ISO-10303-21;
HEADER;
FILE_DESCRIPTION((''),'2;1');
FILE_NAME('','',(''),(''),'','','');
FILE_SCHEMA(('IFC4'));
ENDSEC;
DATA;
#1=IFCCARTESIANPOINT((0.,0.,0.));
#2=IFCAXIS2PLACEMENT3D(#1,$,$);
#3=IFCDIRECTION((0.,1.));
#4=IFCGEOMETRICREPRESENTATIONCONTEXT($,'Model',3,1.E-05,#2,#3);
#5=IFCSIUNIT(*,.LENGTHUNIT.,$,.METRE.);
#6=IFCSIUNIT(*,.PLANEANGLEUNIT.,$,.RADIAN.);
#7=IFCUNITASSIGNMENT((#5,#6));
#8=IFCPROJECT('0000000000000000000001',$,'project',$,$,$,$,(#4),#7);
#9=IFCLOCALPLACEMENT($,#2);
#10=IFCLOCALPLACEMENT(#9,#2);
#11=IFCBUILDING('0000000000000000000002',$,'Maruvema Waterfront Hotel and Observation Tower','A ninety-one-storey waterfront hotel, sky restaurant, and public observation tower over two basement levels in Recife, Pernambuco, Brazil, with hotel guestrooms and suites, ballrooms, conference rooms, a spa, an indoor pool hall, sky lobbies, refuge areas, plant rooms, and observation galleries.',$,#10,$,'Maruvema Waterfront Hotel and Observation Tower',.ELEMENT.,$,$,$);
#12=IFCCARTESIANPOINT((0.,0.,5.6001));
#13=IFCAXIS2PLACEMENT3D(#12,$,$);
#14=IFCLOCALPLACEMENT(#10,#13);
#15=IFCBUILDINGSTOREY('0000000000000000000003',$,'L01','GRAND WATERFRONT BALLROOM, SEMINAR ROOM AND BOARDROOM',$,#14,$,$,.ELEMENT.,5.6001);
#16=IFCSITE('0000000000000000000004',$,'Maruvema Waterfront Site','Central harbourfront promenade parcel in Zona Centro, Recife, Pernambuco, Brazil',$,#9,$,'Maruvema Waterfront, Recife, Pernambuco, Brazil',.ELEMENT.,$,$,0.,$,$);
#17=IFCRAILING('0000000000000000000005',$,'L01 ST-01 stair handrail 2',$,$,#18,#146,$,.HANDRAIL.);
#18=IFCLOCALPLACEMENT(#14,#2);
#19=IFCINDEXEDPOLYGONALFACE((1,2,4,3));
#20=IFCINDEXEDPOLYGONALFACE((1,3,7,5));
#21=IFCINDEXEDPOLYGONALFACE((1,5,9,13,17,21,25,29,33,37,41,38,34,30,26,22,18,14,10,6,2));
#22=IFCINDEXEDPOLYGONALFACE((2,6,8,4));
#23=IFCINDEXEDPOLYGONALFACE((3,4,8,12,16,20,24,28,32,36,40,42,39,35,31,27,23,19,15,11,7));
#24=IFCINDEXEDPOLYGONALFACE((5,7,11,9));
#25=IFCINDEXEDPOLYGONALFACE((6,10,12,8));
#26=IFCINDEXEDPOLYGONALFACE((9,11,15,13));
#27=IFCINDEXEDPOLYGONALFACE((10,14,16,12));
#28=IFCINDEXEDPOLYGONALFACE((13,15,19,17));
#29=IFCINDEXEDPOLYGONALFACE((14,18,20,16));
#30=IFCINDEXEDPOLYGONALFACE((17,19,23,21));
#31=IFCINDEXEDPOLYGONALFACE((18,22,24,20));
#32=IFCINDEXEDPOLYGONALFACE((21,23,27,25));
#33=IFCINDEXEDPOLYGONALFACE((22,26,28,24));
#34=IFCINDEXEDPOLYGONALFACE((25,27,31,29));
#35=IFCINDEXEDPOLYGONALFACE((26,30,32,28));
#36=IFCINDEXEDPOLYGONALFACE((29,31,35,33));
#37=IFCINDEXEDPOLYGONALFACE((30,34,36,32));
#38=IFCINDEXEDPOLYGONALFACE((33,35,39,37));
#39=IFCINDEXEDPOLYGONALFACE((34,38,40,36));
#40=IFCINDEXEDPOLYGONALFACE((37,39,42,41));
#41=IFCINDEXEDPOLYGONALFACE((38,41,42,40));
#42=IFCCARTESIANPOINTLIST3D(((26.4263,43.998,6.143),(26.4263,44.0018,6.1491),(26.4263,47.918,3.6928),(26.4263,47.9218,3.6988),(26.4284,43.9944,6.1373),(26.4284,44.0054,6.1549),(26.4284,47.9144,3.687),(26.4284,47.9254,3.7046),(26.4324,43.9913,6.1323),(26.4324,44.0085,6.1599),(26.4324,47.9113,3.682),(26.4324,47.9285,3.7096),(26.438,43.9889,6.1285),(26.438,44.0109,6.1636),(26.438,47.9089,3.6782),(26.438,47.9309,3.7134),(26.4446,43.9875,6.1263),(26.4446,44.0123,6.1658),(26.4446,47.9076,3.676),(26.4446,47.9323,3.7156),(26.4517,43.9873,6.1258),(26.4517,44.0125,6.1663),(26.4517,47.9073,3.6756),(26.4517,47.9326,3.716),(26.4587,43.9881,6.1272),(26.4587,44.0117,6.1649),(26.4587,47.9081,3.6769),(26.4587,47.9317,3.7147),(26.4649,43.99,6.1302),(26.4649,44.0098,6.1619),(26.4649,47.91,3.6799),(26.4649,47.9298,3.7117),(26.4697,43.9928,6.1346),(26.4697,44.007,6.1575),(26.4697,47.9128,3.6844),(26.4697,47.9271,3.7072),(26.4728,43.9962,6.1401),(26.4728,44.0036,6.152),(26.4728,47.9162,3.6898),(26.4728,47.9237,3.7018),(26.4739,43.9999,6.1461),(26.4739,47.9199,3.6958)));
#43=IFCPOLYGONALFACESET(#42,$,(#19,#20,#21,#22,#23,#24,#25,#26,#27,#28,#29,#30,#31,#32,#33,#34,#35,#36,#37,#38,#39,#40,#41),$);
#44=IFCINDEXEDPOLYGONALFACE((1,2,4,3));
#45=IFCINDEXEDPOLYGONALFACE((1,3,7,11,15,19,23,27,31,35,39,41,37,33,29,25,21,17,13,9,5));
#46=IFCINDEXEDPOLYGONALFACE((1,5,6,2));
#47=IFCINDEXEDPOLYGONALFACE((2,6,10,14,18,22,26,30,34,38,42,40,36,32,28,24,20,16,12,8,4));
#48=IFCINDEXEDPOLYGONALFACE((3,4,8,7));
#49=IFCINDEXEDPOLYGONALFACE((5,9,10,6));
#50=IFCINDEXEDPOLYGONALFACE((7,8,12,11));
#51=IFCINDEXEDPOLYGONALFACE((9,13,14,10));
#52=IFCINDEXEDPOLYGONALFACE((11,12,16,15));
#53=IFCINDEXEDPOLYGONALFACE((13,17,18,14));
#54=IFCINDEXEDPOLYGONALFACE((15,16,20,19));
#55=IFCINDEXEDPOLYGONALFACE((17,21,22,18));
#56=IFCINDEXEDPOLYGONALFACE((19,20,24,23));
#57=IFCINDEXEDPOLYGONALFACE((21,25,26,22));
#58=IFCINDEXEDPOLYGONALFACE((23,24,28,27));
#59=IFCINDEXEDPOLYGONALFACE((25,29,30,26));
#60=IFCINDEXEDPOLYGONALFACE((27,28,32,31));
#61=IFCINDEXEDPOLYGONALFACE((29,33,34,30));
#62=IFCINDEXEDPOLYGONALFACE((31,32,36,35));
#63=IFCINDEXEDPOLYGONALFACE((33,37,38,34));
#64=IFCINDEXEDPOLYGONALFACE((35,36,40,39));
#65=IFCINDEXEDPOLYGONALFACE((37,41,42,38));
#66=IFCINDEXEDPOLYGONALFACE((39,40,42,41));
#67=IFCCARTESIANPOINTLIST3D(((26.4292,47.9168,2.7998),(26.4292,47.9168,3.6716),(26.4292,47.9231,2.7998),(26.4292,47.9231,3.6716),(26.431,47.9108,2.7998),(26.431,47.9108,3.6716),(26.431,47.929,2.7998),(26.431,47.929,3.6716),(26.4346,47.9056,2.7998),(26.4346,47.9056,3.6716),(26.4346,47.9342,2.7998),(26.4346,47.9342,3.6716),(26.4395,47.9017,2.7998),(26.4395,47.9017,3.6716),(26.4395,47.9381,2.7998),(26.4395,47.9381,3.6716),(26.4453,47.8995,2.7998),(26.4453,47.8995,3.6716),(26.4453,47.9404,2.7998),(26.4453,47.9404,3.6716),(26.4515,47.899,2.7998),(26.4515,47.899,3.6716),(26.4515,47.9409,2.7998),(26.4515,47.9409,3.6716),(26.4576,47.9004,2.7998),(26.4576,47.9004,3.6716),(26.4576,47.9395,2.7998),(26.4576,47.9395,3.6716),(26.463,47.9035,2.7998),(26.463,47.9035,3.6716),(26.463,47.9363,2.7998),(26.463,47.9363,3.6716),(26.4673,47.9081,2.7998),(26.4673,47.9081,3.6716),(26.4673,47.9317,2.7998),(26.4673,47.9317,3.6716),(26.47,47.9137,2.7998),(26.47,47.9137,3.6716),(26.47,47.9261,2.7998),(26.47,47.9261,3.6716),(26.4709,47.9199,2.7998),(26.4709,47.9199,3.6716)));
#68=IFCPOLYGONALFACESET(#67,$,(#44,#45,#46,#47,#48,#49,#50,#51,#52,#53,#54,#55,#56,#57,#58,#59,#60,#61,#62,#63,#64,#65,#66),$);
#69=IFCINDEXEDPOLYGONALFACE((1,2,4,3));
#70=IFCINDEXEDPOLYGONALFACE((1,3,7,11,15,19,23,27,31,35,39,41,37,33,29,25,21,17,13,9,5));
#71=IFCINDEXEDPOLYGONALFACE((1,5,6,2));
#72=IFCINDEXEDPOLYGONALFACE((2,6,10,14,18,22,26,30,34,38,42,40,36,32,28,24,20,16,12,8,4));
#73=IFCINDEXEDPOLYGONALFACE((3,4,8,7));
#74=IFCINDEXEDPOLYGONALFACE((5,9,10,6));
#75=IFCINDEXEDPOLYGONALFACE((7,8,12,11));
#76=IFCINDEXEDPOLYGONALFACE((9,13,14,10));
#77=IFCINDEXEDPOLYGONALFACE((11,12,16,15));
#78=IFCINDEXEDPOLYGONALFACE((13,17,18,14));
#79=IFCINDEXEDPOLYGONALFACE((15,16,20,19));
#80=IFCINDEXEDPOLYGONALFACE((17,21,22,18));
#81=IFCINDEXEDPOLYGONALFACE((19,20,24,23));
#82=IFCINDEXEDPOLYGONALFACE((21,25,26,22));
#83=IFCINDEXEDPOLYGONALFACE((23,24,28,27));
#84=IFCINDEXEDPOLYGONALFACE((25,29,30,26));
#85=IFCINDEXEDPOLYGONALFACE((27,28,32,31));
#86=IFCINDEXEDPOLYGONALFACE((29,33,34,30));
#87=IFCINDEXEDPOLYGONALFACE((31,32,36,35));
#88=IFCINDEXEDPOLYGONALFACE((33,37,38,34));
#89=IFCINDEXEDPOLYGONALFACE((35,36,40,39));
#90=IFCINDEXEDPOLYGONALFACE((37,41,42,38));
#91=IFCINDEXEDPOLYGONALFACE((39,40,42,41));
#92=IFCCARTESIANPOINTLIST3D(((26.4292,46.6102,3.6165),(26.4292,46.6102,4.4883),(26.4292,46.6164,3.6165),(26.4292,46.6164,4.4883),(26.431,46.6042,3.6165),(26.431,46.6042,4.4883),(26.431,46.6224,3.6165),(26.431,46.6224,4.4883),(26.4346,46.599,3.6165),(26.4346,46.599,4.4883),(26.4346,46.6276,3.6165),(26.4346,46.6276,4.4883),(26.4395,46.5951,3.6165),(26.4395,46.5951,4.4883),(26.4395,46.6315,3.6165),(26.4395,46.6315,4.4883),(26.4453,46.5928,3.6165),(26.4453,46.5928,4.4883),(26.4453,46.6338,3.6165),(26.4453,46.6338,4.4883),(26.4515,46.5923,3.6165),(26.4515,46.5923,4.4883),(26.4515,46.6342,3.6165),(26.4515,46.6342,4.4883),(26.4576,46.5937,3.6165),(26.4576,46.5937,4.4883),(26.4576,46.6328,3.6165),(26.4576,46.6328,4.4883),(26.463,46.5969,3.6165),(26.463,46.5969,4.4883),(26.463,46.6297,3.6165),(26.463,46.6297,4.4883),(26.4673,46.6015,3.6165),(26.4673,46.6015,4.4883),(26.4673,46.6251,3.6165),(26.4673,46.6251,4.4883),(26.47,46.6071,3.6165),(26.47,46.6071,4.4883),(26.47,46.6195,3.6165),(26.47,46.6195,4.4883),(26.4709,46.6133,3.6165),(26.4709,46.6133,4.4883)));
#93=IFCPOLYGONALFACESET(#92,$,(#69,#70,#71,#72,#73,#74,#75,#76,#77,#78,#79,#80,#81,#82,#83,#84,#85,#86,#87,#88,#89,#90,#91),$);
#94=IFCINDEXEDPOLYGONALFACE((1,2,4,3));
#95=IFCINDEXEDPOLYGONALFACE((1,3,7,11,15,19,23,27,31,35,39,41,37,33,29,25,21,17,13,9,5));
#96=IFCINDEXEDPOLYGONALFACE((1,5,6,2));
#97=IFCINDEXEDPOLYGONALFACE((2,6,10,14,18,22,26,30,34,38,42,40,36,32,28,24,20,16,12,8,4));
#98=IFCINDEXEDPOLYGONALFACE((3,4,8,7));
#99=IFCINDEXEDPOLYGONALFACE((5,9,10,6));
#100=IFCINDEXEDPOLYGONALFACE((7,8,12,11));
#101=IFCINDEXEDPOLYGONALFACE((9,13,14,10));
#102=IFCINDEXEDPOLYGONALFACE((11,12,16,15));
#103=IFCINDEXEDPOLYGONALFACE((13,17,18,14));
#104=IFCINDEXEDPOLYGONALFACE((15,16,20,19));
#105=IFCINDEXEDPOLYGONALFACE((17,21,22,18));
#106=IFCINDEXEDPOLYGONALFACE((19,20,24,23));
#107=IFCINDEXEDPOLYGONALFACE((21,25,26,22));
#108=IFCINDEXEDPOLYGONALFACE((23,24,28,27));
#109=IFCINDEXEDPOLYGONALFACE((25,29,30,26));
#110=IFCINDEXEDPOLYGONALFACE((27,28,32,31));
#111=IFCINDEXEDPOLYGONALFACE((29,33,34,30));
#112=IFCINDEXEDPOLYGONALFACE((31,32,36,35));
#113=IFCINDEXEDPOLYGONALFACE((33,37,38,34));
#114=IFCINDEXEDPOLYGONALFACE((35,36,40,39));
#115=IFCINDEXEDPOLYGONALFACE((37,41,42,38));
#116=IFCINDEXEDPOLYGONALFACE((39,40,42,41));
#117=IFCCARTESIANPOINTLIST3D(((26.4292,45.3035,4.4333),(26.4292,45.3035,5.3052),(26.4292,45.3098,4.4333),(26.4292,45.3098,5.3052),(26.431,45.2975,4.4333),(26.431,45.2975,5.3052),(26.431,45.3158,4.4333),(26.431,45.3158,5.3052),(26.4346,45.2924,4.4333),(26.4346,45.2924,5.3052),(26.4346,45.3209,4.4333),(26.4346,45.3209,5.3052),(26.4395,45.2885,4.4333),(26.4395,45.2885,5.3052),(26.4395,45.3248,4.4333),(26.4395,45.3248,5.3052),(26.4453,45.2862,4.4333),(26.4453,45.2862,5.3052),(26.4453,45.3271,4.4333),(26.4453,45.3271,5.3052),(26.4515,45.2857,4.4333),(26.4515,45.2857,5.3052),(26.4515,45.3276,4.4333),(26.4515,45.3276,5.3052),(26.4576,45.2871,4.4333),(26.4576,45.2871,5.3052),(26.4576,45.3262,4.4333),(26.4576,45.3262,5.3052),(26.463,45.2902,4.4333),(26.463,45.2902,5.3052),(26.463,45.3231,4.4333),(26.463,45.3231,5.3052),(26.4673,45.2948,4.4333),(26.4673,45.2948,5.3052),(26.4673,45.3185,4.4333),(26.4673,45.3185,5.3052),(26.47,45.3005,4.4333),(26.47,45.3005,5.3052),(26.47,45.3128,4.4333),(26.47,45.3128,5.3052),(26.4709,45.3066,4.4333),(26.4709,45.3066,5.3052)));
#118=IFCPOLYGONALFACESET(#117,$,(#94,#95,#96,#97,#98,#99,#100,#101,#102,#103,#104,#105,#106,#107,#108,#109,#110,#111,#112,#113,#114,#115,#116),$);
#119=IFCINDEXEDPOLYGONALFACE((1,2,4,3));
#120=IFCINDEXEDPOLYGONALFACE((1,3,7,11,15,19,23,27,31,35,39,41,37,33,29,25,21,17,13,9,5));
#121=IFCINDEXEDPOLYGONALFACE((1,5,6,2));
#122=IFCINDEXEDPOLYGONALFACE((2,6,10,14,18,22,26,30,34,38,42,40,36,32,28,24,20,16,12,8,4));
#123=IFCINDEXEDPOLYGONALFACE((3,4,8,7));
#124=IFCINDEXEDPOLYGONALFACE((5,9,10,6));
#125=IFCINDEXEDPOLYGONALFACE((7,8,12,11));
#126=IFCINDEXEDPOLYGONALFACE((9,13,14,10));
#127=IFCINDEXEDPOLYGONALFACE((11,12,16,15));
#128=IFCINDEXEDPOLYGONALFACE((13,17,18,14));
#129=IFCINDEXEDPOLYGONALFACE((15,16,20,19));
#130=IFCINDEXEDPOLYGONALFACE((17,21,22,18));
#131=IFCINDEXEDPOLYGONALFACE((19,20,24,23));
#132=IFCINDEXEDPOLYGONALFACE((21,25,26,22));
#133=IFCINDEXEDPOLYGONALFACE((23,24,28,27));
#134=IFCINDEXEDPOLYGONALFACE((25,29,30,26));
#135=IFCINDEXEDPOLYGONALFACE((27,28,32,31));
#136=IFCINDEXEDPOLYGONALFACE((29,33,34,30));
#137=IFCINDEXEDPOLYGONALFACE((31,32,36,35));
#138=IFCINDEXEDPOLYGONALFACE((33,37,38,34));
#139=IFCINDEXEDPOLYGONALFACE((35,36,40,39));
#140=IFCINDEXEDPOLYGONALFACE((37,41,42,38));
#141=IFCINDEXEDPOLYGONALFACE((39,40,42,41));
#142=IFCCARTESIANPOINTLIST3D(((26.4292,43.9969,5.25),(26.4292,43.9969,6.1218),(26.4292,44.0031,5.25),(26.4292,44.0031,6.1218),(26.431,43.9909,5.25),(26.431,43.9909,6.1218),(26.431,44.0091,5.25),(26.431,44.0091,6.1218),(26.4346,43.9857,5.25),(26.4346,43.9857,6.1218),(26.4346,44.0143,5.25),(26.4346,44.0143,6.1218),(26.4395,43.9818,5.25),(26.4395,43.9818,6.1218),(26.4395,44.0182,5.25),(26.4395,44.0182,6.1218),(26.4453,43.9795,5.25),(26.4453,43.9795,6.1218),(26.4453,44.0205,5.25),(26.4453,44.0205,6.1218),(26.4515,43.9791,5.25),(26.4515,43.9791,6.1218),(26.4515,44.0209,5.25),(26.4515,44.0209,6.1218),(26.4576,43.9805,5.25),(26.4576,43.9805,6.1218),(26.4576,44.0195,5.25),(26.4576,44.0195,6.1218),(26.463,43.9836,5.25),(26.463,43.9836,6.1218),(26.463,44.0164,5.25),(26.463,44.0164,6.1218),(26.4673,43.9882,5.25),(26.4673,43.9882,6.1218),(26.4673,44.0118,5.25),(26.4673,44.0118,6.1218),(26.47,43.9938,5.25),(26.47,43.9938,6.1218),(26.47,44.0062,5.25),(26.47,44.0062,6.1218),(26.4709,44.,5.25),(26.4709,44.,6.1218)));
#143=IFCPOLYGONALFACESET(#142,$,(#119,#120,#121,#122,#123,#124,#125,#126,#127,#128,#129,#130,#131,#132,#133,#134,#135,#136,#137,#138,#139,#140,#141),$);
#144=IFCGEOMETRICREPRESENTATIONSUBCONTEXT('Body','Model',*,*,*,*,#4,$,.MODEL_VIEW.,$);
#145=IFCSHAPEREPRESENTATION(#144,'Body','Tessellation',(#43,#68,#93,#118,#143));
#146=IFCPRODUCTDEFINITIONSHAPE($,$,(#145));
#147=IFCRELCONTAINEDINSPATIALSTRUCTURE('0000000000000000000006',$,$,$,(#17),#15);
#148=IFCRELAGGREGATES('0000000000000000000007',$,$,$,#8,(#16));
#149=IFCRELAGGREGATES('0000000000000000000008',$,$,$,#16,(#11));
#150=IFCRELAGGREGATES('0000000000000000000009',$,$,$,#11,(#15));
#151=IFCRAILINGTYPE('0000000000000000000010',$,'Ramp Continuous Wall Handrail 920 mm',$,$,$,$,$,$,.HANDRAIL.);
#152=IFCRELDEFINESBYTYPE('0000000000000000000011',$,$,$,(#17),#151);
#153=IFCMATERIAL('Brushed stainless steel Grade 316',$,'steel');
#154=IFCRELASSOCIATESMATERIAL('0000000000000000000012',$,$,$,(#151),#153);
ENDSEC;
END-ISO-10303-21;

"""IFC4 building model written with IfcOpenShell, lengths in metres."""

from ifc_helpers import new_model, si_unit, direction, frame, origin, origin_2d, place, context, subcontext, project, spatial, circle, extrude, material, type_object, element, save


model = new_model("IFC4")

# Units and contexts
model_context = context("Model", 3, precision=1e-05, world=origin(), true_north=direction((0.0, 1.0)))
body_context = subcontext(model_context, "Body", "Model", "MODEL_VIEW")
ifc_project = project(units=[si_unit("LENGTHUNIT", "METRE"), si_unit("PLANEANGLEUNIT", "RADIAN")], contexts=[model_context])

# Site, building, storey
site_placement = place(None, origin())
site = spatial("IfcSite", under=ifc_project, at=site_placement, Name="Maruvema Waterfront Site", Description="Central harbourfront promenade parcel in Zona Centro, Recife, Pernambuco, Brazil", LongName="Maruvema Waterfront, Recife, Pernambuco, Brazil", CompositionType="ELEMENT", RefElevation=0.0)
building_placement = place(site_placement, origin())
building = spatial("IfcBuilding", under=site, at=building_placement, Name="Maruvema Waterfront Hotel and Observation Tower", Description="A ninety-one-storey waterfront hotel, sky restaurant, and public observation tower over two basement levels in Recife, Pernambuco, Brazil, with hotel guestrooms and suites, ballrooms, conference rooms, a spa, an indoor pool hall, sky lobbies, refuge areas, plant rooms, and observation galleries.", LongName="Maruvema Waterfront Hotel and Observation Tower", CompositionType="ELEMENT")
storey_placement = place(building_placement, frame((0.0, 0.0, 5.6001)))
storey = spatial("IfcBuildingStorey", under=building, at=storey_placement, Name="L01", Description="GRAND WATERFRONT BALLROOM, SEMINAR ROOM AND BOARDROOM", CompositionType="ELEMENT", Elevation=5.6001)

# Railing
ifc_material_1 = material(Name="Brushed stainless steel Grade 316", Category="steel")
railing_type_1 = type_object("IfcRailingType", Name="Ramp Continuous Wall Handrail 920 mm", PredefinedType="HANDRAIL", material=ifc_material_1)
railing_1_placement = place(storey_placement, frame((26.45, 47.9199, 2.7998)))
element("IfcRailing", 1, at=railing_1_placement, inside=storey, type_object=railing_type_1, Name="L01 ST-01 stair handrail 2", PredefinedType="HANDRAIL", context=body_context, shape_type="SweptSolid", body=[
    extrude(circle(Radius=0.0239, at=origin_2d()), frame((0.0, 0.0, 0.896), z_axis=(0.0, -0.847975, 0.530037), x_axis=(1.0, 0.0, 0.0)), (0.0, 0.0, 1.0), 4.6228),
    extrude(circle(Radius=0.021, at=origin_2d()), origin(), (0.0, 0.0, 1.0), 0.8718),
    extrude(circle(Radius=0.021, at=origin_2d()), frame((0.0, -1.3066, 0.8167)), (0.0, 0.0, 1.0), 0.8718),
    extrude(circle(Radius=0.021, at=origin_2d()), frame((0.0, -2.6133, 1.6335)), (0.0, 0.0, 1.0), 0.8718),
    extrude(circle(Radius=0.021, at=origin_2d()), frame((0.0, -3.9199, 2.4502)), (0.0, 0.0, 1.0), 0.8718),
])

save(model, "model.ifc")
